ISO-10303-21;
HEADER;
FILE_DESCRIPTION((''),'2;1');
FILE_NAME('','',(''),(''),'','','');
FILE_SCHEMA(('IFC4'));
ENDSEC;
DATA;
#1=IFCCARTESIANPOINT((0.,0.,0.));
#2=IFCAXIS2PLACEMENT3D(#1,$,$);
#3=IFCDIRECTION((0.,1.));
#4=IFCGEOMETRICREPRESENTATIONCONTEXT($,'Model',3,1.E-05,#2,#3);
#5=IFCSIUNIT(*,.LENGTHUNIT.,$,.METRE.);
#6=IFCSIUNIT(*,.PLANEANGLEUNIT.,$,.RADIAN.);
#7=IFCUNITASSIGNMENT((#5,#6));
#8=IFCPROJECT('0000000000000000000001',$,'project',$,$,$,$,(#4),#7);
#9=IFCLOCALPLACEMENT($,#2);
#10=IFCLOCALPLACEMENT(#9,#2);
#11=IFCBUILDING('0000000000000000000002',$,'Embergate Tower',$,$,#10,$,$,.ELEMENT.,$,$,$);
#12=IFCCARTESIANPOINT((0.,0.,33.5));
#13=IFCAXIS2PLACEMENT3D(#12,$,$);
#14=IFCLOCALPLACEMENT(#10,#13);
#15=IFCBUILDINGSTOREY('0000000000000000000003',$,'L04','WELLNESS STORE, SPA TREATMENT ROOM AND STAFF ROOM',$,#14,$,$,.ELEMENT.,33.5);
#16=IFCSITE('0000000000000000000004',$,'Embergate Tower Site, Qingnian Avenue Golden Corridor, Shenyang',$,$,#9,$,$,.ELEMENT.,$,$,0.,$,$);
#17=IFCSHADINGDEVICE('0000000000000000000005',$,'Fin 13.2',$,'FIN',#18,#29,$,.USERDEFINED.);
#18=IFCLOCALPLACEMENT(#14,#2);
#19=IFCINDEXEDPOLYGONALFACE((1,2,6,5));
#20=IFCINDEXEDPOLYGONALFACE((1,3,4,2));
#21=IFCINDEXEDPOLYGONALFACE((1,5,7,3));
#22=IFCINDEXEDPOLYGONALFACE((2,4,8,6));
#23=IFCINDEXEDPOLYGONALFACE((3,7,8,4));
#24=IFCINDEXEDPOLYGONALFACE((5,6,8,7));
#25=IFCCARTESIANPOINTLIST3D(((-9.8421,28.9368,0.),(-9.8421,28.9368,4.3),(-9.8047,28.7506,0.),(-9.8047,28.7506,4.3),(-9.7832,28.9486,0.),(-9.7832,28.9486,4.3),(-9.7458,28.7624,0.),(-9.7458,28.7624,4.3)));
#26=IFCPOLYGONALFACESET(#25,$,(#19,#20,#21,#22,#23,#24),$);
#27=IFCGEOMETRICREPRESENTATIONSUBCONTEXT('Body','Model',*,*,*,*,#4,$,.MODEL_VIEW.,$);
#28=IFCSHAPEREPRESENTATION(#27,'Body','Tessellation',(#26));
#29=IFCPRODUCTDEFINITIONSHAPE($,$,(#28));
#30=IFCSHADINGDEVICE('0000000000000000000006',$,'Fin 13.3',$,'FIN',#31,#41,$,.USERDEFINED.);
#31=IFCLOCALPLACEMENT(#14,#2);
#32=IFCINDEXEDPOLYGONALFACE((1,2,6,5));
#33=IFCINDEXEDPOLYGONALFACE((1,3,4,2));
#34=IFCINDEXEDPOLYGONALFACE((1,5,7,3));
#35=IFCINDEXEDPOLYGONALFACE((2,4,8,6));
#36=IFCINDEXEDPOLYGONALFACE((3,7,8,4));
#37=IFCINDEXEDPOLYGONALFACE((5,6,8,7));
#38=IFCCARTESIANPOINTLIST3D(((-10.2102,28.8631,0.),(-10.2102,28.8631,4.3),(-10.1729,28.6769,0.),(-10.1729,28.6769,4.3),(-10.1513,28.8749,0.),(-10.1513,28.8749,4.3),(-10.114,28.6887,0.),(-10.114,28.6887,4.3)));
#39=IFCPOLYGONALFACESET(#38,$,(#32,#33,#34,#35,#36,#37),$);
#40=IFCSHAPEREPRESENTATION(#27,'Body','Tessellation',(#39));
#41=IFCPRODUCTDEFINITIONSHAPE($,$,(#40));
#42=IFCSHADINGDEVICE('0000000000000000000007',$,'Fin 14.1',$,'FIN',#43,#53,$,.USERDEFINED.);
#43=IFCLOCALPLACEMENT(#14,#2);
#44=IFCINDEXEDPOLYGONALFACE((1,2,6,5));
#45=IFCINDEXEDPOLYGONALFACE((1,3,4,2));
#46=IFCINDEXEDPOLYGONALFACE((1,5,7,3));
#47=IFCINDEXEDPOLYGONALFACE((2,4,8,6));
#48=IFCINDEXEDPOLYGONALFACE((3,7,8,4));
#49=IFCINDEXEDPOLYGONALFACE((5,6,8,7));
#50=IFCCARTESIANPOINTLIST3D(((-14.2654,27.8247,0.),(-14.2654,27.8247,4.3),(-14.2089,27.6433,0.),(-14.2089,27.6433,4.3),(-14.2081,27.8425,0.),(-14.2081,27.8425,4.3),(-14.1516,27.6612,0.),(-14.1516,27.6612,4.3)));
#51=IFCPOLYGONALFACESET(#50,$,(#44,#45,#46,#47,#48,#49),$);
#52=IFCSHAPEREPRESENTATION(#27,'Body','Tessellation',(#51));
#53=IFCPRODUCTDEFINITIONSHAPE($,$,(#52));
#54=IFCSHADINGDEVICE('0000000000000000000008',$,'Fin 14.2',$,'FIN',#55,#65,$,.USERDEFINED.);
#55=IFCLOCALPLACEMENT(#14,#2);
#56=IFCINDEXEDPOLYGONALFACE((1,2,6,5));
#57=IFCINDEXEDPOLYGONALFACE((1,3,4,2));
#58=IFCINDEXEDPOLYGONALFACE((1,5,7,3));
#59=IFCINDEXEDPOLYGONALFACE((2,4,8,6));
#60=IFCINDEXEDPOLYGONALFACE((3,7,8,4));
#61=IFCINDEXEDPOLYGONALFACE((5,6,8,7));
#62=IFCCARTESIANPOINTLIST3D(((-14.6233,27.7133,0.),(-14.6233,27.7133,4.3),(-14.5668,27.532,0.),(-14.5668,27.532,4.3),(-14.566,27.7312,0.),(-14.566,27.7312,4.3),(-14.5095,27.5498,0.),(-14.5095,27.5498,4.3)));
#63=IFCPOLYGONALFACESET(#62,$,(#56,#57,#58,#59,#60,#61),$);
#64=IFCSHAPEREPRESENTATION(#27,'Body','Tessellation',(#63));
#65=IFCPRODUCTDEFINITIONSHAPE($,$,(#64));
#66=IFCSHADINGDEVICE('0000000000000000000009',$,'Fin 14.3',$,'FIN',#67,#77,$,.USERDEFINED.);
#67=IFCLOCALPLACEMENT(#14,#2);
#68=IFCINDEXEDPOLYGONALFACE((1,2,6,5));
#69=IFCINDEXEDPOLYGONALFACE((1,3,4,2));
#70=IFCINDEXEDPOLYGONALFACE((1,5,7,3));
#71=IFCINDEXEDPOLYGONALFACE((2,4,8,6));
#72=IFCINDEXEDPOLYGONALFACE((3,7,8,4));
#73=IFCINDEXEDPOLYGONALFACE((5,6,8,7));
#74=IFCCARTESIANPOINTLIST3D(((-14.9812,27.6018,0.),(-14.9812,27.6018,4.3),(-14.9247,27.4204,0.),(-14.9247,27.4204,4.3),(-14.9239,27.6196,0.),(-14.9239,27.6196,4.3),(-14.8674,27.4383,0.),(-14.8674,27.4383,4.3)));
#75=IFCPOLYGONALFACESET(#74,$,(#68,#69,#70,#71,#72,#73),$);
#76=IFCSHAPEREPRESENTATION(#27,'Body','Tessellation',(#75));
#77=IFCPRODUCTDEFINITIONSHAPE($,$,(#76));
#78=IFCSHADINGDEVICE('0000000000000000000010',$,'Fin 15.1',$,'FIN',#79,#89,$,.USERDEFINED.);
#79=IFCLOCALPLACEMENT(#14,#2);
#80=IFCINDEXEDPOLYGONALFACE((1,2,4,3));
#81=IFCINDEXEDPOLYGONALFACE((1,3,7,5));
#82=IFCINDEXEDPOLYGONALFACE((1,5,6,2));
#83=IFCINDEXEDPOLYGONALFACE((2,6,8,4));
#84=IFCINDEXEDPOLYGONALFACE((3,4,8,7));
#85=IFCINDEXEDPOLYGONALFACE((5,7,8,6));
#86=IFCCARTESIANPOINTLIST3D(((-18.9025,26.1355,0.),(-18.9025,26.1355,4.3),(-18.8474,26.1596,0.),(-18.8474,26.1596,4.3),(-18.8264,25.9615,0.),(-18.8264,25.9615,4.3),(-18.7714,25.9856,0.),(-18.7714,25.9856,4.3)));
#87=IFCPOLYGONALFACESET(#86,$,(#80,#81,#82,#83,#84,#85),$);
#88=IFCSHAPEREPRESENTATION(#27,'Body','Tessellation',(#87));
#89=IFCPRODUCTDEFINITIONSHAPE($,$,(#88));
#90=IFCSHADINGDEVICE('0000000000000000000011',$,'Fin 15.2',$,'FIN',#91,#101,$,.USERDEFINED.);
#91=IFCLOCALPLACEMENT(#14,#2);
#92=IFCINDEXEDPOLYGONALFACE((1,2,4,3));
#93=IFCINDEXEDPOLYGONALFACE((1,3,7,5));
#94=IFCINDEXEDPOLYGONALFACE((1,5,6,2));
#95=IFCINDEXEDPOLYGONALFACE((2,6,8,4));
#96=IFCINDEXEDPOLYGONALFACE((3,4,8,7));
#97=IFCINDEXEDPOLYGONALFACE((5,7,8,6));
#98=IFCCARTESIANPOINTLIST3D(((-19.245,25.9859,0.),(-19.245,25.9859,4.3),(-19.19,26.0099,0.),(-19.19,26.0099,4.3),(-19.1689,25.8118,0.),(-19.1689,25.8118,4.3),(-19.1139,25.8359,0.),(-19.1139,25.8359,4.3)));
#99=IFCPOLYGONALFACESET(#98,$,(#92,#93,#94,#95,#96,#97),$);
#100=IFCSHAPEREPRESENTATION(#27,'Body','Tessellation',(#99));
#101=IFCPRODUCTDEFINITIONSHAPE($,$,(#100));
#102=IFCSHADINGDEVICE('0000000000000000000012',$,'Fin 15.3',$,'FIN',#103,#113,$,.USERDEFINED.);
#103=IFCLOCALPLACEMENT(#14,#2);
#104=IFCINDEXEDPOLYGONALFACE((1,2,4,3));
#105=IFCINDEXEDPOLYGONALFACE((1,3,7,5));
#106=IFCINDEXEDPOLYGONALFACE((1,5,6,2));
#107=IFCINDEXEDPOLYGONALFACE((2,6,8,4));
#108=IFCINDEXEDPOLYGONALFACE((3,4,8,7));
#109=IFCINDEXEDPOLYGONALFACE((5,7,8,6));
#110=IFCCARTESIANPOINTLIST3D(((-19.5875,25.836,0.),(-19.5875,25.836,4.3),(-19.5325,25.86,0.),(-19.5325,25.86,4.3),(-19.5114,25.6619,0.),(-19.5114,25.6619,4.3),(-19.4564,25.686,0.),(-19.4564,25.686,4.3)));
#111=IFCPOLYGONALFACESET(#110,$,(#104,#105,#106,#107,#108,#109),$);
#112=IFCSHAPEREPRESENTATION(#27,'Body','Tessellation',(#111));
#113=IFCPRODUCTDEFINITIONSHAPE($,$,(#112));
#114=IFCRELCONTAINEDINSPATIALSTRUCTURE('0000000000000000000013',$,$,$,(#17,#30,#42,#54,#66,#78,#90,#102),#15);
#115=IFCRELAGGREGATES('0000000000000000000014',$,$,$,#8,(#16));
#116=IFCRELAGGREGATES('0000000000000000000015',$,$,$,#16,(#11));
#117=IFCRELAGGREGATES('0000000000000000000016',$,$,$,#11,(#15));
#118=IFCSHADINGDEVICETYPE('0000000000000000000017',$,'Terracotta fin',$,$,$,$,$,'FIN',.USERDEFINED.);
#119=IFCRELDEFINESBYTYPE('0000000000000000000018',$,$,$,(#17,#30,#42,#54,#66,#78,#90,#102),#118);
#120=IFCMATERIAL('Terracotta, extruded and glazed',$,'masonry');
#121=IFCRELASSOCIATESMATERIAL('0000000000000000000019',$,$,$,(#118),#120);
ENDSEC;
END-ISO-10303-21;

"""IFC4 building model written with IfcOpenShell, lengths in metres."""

from ifc_helpers import new_model, si_unit, direction, frame, origin, origin_2d, place, context, subcontext, project, spatial, rectangle, extrude, source, transform, mapped, material, material_profile, profile_set, type_object, element, save


model = new_model("IFC4")

# Units and contexts
model_context = context("Model", 3, precision=1e-05, world=origin(), true_north=direction((0.0, 1.0)))
body_context = subcontext(model_context, "Body", "Model", "MODEL_VIEW")
ifc_project = project(units=[si_unit("LENGTHUNIT", "METRE"), si_unit("PLANEANGLEUNIT", "RADIAN")], contexts=[model_context])

# Site, building, storey
site_placement = place(None, origin())
site = spatial("IfcSite", under=ifc_project, at=site_placement, Name="Embergate Tower Site, Qingnian Avenue Golden Corridor, Shenyang", CompositionType="ELEMENT", RefElevation=0.0)
building_placement = place(site_placement, origin())
building = spatial("IfcBuilding", under=site, at=building_placement, Name="Embergate Tower", CompositionType="ELEMENT")
storey_placement = place(building_placement, frame((0.0, 0.0, 33.5)))
storey = spatial("IfcBuildingStorey", under=building, at=storey_placement, Name="L04", Description="WELLNESS STORE, SPA TREATMENT ROOM AND STAFF ROOM", CompositionType="ELEMENT", Elevation=33.5)

# Shading devices
ifc_material_1 = material(Name="Terracotta, extruded and glazed", Category="masonry")
ifc_material_profile_1 = material_profile(ifc_material_1, rectangle(XDim=0.1899, YDim=0.0601, at=origin_2d()), Name="TC 190x60")
ifc_profile_set_1 = profile_set([ifc_material_profile_1], Name="Terracotta, extruded and glazed")
shading_device_type = type_object("IfcShadingDeviceType", Name="Terracotta fin", ElementType="FIN", PredefinedType="USERDEFINED", material=ifc_profile_set_1)
shared_shape_1 = source(origin(), body_context, "Body", "SweptSolid", [
    extrude(rectangle(XDim=0.1899, YDim=0.0601, at=origin_2d()), origin(), (0.0, 0.0, 1.0), 4.3),
])
for number, where, z_axis, x_axis, name in (
    (1, (-9.7939, 28.8496, 0.0), (0.0, 0.0, 1.0), (0.196638, -0.980476, 0.0), "Fin 13.2"),
    (2, (-10.1621, 28.7759, 0.0), (0.0, 0.0, 1.0), (0.196638, -0.980476, 0.0), "Fin 13.3"),
    (3, (-14.2085, 27.7429, 0.0), (0.0, 0.0, 1.0), (0.297337, -0.954773, 0.0), "Fin 14.1"),
    (4, (-14.5664, 27.6316, 0.0), (0.0, 0.0, 1.0), (0.297337, -0.954773, 0.0), "Fin 14.2"),
    (5, (-14.9243, 27.52, 0.0), (0.0, 0.0, 1.0), (0.297337, -0.954773, 0.0), "Fin 14.3"),
    (6, (-18.8369, 26.0605, 0.0), (0.0, 0.0, 1.0), (0.400637, -0.916237, 0.0), "Fin 15.1"),
    (7, (-19.1794, 25.9109, 0.0), (0.0, 0.0, 1.0), (0.400637, -0.916237, 0.0), "Fin 15.2"),
    (8, (-19.522, 25.761, 0.0), (0.0, 0.0, 1.0), (0.400637, -0.916237, 0.0), "Fin 15.3"),
):
    element("IfcShadingDevice", number, at=place(storey_placement, frame(where, z_axis=z_axis, x_axis=x_axis)), inside=storey, type_object=shading_device_type, Name=name, ObjectType="FIN", PredefinedType="USERDEFINED", context=body_context, shape_type="MappedRepresentation", body=[
        mapped(shared_shape_1, transform((0.0, 0.0, 0.0))),
    ])

save(model, "model.ifc")
